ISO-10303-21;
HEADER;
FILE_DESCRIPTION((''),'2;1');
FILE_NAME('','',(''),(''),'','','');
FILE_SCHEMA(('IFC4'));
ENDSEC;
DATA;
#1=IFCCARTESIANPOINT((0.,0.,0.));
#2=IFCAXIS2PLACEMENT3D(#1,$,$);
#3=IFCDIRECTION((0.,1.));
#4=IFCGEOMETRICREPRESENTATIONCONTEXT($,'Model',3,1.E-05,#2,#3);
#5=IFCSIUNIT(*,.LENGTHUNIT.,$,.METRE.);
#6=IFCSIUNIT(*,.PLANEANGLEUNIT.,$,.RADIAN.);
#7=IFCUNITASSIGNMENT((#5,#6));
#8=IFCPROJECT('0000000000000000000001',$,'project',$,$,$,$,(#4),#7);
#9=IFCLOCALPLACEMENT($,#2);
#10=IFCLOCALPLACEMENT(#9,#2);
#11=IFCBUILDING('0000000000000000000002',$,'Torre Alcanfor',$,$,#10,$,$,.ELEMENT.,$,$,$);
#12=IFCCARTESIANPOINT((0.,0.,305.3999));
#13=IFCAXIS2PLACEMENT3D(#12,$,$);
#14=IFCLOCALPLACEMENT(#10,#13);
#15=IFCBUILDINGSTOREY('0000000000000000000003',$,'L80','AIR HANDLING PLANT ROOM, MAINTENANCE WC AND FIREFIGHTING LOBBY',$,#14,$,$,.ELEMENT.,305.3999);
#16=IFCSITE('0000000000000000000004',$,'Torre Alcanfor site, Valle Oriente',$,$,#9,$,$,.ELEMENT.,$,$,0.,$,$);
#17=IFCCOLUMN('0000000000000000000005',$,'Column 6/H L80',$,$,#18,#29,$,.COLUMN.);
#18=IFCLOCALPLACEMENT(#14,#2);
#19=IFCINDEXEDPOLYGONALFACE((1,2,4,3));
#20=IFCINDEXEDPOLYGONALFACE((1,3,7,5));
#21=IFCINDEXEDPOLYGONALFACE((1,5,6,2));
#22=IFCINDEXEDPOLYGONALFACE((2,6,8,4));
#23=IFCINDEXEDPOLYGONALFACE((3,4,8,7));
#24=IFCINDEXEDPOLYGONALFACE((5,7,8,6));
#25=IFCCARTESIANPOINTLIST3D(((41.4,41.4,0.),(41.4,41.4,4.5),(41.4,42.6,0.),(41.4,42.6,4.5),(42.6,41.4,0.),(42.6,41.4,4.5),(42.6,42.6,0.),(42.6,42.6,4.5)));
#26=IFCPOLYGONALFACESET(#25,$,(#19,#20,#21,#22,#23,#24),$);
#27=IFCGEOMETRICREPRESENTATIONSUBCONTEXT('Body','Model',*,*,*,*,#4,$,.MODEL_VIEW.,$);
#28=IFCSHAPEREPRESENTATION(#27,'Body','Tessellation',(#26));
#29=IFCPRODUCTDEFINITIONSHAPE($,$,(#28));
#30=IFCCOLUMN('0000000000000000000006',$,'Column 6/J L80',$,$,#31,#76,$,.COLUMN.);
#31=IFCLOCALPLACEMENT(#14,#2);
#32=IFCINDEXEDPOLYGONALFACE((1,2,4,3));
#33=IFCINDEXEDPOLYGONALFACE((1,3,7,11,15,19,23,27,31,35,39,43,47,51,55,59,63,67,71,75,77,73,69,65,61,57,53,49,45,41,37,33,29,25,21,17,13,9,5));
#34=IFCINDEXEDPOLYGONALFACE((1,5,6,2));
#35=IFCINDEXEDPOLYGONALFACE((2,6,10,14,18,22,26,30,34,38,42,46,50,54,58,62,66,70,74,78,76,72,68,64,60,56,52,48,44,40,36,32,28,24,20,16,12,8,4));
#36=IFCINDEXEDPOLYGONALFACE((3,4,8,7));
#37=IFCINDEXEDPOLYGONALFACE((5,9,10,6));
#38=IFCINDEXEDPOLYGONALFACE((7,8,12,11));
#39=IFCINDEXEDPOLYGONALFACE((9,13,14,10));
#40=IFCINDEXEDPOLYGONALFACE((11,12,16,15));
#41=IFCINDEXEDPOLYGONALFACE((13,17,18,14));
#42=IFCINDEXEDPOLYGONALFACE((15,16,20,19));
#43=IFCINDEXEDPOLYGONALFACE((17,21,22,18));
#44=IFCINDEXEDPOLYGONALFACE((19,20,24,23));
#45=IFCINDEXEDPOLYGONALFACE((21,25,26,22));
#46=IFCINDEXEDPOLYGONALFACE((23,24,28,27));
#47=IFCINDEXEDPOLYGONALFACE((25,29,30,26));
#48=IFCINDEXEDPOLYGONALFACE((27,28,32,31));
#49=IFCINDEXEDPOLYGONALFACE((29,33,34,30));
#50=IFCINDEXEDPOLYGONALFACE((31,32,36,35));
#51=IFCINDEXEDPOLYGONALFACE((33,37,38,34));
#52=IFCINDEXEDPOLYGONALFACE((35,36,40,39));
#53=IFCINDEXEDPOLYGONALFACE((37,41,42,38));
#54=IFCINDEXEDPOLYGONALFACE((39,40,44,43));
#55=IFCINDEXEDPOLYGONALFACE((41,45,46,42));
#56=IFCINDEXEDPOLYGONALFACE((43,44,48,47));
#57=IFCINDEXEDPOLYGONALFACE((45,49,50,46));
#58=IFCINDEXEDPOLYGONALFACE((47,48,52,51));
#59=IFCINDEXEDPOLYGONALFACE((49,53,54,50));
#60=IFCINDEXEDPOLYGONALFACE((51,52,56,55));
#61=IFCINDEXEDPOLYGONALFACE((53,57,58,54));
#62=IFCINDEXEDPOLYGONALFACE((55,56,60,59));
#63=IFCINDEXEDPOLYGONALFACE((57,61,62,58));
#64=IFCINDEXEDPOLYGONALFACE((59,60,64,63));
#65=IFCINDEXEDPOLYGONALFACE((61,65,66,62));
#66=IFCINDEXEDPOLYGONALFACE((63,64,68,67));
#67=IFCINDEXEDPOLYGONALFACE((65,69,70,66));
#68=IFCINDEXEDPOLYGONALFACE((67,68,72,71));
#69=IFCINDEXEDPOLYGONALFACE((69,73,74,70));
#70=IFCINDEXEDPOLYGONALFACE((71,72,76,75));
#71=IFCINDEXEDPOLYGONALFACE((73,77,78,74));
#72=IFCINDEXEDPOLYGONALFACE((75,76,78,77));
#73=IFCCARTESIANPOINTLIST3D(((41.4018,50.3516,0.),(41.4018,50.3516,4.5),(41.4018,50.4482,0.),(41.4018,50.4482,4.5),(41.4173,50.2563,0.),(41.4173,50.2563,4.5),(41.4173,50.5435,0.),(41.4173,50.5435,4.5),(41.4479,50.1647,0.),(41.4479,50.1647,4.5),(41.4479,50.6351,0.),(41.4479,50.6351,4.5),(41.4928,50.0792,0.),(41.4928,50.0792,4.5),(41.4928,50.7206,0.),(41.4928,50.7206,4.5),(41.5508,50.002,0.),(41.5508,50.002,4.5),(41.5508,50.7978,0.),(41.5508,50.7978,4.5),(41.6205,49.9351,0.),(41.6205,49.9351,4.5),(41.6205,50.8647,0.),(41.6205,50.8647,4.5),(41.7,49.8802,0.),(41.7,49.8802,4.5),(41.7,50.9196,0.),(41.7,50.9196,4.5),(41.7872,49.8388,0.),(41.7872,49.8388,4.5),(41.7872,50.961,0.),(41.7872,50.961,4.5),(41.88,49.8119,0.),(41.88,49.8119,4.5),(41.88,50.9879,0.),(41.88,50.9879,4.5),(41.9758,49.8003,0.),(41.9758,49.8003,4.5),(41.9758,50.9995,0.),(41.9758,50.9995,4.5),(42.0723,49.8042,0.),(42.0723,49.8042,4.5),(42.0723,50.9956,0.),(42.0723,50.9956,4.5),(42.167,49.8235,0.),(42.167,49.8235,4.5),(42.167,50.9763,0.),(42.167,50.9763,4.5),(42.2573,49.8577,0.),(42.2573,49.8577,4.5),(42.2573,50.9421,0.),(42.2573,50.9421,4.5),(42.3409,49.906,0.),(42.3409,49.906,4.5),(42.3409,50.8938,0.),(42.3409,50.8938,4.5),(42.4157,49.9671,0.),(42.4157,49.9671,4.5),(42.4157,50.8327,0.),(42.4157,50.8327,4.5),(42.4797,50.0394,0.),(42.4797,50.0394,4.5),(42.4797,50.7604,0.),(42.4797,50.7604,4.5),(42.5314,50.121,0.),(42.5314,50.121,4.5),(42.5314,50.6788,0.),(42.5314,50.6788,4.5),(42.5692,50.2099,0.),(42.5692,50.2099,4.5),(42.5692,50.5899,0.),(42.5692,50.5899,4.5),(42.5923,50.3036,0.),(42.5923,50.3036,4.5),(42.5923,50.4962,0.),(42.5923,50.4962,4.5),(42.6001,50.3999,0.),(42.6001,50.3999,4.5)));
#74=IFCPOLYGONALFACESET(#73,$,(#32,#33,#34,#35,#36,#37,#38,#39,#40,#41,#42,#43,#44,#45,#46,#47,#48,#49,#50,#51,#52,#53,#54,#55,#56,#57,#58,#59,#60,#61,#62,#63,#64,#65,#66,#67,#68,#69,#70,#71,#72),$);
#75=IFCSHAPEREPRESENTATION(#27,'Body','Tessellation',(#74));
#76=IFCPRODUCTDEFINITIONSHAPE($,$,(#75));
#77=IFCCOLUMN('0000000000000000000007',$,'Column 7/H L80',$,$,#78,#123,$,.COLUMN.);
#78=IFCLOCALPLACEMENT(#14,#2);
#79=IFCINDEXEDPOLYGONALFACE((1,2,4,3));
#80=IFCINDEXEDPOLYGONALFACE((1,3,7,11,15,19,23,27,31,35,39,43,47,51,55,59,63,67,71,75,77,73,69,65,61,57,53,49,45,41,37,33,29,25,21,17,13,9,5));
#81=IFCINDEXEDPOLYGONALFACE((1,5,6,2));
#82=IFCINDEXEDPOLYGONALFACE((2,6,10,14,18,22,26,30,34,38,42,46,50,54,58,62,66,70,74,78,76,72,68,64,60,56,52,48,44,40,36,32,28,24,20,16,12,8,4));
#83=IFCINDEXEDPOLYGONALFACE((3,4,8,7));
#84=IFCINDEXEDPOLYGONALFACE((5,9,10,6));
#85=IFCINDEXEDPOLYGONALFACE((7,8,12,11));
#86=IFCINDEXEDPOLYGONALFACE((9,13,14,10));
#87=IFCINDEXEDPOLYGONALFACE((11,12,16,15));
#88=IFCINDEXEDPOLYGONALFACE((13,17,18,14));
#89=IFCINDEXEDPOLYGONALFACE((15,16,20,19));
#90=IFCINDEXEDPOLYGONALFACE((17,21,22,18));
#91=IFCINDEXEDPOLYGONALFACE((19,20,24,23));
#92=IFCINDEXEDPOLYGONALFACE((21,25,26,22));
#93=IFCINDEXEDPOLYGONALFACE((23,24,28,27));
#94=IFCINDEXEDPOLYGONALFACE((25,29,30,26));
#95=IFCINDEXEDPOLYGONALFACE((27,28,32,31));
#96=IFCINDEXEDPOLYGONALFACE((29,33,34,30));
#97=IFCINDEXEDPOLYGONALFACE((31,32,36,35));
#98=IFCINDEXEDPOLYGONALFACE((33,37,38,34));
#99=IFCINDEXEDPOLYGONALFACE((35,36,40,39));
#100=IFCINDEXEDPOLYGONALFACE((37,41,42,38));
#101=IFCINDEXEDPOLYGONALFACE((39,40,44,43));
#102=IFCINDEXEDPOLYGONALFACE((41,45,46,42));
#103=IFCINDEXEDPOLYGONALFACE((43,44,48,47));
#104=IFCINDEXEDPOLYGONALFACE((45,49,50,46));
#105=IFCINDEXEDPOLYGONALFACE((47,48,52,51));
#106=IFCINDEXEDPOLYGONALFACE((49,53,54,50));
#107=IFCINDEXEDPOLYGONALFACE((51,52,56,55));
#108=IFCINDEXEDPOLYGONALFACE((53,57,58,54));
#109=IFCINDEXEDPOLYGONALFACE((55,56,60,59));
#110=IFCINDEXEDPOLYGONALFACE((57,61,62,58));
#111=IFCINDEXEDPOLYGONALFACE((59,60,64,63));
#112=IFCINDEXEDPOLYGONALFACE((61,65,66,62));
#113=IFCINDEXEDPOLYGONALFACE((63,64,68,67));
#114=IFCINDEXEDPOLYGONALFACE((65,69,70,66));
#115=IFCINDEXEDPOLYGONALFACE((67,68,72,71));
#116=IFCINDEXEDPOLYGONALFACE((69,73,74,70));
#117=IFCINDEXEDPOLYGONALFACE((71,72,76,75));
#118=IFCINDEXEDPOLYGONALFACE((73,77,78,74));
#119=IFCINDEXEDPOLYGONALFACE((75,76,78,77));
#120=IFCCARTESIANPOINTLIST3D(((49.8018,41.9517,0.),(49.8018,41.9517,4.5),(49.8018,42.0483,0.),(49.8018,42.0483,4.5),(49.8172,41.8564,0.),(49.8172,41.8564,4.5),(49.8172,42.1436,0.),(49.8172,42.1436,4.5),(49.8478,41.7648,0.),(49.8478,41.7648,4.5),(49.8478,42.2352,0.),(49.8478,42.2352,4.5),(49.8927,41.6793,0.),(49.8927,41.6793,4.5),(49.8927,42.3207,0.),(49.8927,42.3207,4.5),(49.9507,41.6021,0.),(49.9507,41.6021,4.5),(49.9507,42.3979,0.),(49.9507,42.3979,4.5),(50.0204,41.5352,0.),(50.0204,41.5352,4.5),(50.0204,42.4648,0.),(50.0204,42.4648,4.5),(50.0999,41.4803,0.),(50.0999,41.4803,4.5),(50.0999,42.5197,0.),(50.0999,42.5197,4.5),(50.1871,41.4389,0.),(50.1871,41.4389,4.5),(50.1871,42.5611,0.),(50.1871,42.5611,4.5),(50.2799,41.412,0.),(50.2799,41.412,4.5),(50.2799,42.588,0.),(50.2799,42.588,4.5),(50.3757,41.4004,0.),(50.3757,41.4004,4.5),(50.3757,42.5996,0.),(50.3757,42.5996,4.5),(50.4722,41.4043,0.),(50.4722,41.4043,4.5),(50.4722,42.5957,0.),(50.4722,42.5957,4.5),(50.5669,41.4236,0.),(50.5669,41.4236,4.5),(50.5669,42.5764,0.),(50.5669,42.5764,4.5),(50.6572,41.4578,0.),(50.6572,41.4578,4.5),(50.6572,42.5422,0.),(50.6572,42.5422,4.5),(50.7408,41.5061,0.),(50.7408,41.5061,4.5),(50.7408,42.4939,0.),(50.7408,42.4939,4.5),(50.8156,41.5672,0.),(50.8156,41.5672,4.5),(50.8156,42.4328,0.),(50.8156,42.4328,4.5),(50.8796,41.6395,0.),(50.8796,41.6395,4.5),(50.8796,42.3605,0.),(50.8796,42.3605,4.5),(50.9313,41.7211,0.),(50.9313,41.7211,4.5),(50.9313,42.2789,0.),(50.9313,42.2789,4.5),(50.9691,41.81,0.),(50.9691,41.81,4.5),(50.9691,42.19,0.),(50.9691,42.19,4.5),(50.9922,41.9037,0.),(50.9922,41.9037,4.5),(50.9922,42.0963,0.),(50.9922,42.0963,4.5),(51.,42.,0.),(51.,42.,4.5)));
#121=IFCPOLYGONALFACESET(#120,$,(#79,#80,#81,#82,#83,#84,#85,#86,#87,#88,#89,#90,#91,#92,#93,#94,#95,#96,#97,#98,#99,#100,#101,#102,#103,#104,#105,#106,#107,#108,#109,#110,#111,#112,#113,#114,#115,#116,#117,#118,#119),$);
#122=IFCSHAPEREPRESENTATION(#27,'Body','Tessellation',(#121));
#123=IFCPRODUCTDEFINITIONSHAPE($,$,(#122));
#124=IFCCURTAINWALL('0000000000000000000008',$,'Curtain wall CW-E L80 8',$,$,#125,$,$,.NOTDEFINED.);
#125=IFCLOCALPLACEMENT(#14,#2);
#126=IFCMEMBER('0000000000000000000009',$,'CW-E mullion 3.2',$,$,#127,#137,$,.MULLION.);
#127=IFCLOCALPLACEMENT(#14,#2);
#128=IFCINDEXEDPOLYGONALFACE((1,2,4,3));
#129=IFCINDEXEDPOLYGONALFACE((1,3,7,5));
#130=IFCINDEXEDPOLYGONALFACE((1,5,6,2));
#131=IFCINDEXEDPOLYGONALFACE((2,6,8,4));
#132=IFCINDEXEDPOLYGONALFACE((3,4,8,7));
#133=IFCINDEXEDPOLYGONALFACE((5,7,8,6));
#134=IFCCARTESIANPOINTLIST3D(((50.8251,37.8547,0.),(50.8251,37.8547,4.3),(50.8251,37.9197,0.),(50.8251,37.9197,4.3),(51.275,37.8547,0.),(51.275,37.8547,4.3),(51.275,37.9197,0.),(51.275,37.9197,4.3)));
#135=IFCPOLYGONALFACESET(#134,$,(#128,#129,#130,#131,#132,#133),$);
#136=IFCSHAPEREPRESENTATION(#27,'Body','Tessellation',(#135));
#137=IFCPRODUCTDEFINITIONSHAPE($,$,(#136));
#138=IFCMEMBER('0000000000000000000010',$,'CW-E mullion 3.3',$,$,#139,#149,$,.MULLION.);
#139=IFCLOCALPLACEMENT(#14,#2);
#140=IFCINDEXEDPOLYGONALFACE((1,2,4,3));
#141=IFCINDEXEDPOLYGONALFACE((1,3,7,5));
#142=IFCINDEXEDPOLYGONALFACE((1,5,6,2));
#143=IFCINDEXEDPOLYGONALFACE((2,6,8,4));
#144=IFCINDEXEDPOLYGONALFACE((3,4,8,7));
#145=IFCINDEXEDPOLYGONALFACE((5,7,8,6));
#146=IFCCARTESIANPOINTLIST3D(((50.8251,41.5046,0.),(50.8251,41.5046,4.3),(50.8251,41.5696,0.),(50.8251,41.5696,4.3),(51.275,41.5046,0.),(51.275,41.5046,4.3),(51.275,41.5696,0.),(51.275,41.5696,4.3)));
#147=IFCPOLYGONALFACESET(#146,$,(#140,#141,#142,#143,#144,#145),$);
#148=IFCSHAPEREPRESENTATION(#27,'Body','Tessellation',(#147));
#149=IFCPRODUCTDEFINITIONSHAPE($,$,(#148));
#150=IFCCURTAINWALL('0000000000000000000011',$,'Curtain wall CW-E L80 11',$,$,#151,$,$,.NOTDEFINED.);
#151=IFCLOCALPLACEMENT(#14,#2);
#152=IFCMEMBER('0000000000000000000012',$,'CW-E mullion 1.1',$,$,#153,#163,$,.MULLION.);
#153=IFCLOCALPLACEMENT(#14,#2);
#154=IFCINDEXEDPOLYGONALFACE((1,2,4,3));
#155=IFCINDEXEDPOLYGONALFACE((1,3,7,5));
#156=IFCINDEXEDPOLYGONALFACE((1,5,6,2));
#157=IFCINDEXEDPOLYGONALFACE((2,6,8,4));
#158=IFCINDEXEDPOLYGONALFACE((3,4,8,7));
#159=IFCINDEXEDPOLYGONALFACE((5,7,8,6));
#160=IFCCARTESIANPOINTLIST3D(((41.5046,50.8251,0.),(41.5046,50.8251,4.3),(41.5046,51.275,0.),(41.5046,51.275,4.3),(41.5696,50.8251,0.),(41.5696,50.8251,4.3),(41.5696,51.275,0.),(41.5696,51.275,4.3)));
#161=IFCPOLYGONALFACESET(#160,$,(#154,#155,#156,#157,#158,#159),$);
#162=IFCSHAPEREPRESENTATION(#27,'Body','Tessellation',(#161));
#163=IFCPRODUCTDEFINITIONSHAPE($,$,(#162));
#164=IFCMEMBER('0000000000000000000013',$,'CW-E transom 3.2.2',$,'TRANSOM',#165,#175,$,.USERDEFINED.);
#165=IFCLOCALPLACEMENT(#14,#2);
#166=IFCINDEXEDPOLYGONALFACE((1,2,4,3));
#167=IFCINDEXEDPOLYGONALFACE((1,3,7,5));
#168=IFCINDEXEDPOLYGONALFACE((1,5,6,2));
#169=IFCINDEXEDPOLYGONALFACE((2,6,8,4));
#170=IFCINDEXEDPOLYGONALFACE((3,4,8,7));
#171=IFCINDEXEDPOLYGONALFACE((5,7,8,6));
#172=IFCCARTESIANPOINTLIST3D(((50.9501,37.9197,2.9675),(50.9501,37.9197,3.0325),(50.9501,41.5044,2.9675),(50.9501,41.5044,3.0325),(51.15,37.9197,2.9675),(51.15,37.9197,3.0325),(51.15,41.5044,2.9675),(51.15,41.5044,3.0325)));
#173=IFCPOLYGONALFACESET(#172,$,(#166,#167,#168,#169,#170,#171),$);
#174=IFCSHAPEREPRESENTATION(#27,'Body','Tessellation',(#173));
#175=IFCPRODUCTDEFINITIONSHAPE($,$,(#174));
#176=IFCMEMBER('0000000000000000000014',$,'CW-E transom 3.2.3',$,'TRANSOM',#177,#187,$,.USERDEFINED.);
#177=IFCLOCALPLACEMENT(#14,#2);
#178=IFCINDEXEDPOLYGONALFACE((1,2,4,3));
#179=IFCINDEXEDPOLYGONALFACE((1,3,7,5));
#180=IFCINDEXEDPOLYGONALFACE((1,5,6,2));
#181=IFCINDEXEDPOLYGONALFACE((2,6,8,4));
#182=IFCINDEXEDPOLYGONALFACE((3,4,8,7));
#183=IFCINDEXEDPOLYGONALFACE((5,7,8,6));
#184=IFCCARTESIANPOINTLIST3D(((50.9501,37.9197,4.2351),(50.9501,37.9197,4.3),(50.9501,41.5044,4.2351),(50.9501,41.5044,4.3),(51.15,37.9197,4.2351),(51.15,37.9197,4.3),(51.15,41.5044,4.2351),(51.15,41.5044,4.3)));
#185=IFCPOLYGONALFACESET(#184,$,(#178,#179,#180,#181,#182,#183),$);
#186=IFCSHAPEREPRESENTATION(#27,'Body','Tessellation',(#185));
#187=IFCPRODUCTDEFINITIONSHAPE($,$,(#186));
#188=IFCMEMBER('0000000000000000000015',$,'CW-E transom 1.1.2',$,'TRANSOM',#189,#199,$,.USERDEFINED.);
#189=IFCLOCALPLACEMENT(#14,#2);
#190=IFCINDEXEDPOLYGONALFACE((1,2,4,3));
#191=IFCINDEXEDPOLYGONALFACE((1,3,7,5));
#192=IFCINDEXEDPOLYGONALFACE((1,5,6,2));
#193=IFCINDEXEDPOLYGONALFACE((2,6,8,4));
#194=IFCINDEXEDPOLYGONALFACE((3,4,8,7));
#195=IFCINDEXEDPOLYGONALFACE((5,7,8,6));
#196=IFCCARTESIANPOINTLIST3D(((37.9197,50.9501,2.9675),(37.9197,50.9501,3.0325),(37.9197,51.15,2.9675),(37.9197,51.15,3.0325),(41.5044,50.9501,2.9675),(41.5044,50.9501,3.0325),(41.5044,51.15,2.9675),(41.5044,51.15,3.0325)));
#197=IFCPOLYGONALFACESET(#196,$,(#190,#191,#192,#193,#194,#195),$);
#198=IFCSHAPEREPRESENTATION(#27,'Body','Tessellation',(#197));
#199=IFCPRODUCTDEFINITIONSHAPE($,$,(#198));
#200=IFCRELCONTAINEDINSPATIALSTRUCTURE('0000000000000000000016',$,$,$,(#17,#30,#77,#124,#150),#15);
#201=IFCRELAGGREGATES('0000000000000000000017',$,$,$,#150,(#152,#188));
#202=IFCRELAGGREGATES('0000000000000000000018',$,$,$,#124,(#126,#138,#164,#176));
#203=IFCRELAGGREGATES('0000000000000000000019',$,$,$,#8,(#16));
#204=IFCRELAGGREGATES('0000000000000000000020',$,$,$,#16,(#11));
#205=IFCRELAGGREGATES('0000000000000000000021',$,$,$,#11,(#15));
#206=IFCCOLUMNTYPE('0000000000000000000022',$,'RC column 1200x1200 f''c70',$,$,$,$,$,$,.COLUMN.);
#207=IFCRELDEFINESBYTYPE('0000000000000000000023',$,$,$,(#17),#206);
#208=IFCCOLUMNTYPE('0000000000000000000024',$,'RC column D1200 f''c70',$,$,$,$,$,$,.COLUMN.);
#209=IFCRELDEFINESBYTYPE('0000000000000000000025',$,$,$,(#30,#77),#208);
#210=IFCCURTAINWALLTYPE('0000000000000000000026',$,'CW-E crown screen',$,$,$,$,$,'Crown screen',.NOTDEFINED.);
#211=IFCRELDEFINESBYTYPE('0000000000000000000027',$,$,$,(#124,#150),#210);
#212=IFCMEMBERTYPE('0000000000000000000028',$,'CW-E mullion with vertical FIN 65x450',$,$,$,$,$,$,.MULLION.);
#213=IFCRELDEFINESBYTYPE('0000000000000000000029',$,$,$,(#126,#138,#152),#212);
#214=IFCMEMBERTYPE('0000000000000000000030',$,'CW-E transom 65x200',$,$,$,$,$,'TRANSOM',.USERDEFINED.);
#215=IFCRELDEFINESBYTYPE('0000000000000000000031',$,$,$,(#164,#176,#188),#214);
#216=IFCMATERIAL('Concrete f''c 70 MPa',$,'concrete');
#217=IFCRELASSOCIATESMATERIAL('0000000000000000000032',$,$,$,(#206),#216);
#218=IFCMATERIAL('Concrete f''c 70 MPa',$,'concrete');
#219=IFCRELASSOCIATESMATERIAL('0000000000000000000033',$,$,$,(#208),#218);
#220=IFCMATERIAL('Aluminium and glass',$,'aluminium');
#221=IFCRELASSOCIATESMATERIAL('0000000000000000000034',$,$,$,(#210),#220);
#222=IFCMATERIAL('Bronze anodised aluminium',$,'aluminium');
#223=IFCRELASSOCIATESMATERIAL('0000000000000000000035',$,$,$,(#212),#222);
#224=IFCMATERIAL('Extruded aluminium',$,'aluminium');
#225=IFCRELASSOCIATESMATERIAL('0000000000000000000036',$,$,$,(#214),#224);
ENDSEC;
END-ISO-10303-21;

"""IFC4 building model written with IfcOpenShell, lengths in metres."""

from ifc_helpers import new_model, si_unit, direction, frame, origin, origin_2d, place, context, subcontext, project, spatial, rectangle, circle, extrude, material, material_profile, profile_set, type_object, element, aggregate, save


model = new_model("IFC4")

# Units and contexts
model_context = context("Model", 3, precision=1e-05, world=origin(), true_north=direction((0.0, 1.0)))
body_context = subcontext(model_context, "Body", "Model", "MODEL_VIEW")
ifc_project = project(units=[si_unit("LENGTHUNIT", "METRE"), si_unit("PLANEANGLEUNIT", "RADIAN")], contexts=[model_context])

# Site, building, storey
site_placement = place(None, origin())
site = spatial("IfcSite", under=ifc_project, at=site_placement, Name="Torre Alcanfor site, Valle Oriente", CompositionType="ELEMENT", RefElevation=0.0)
building_placement = place(site_placement, origin())
building = spatial("IfcBuilding", under=site, at=building_placement, Name="Torre Alcanfor", CompositionType="ELEMENT")
storey_placement = place(building_placement, frame((0.0, 0.0, 305.3999)))
storey = spatial("IfcBuildingStorey", under=building, at=storey_placement, Name="L80", Description="AIR HANDLING PLANT ROOM, MAINTENANCE WC AND FIREFIGHTING LOBBY", CompositionType="ELEMENT", Elevation=305.3999)

# Columns
ifc_material_1 = material(Name="Concrete f'c 70 MPa", Category="concrete")
ifc_material_profile_1 = material_profile(ifc_material_1, rectangle(XDim=1.2, YDim=1.2, at=origin_2d()), Name="1200x1200")
ifc_profile_set_1 = profile_set([ifc_material_profile_1], Name="Concrete f'c 70 MPa")
column_type_1 = type_object("IfcColumnType", Name="RC column 1200x1200 f'c70", PredefinedType="COLUMN", material=ifc_profile_set_1)
column_placement = place(storey_placement, frame((42.0, 42.0, 0.0), z_axis=(0.0, 0.0, 1.0), x_axis=(1.0, 0.0, 0.0)))
element("IfcColumn", 1, at=column_placement, inside=storey, type_object=column_type_1, Name="Column 6/H L80", PredefinedType="COLUMN", context=body_context, shape_type="SweptSolid", body=[
    extrude(rectangle(XDim=1.2, YDim=1.2, at=origin_2d()), origin(), (0.0, 0.0, 1.0), 4.5),
])
ifc_material_2 = material(Name="Concrete f'c 70 MPa", Category="concrete")
ifc_material_profile_2 = material_profile(ifc_material_2, circle(Radius=0.6001, at=origin_2d()), Name="D1200")
ifc_profile_set_2 = profile_set([ifc_material_profile_2], Name="Concrete f'c 70 MPa")
column_type_2 = type_object("IfcColumnType", Name="RC column D1200 f'c70", PredefinedType="COLUMN", material=ifc_profile_set_2)
for number, where, z_axis, x_axis, name in (
    (2, (42.0, 50.3999, 0.0), (0.0, 0.0, 1.0), (1.0, 0.0, 0.0), "Column 6/J L80"),
    (3, (50.3999, 42.0, 0.0), (0.0, 0.0, 1.0), (1.0, 0.0, 0.0), "Column 7/H L80"),
):
    element("IfcColumn", number, at=place(storey_placement, frame(where, z_axis=z_axis, x_axis=x_axis)), inside=storey, type_object=column_type_2, Name=name, PredefinedType="COLUMN", context=body_context, shape_type="SweptSolid", body=[
        extrude(circle(Radius=0.6001, at=origin_2d()), origin(), (0.0, 0.0, 1.0), 4.5),
    ])

# Curtain wall, members
ifc_material_3 = material(Name="Aluminium and glass", Category="aluminium")
curtain_wall_type = type_object("IfcCurtainWallType", Name="CW-E crown screen", ElementType="Crown screen", PredefinedType="NOTDEFINED", material=ifc_material_3)
curtain_wall_1_placement = place(storey_placement, origin())
curtain_wall_1 = element("IfcCurtainWall", 4, at=curtain_wall_1_placement, inside=storey, type_object=curtain_wall_type, Name="Curtain wall CW-E L80 8", PredefinedType="NOTDEFINED")
ifc_material_4 = material(Name="Bronze anodised aluminium", Category="aluminium")
ifc_material_profile_3 = material_profile(ifc_material_4, rectangle(XDim=0.45, YDim=0.0649, at=origin_2d()), Name="CW-E mullion 65x450")
ifc_profile_set_3 = profile_set([ifc_material_profile_3], Name="Bronze anodised aluminium")
member_type_1 = type_object("IfcMemberType", Name="CW-E mullion with vertical FIN 65x450", PredefinedType="MULLION", material=ifc_profile_set_3)
member_1_placement = place(storey_placement, frame((51.05, 37.8872, 0.0), z_axis=(0.0, 0.0, 1.0), x_axis=(-1.0, 0.0, 0.0)))
member_1 = element("IfcMember", 5, at=member_1_placement, type_object=member_type_1, Name="CW-E mullion 3.2", PredefinedType="MULLION", context=body_context, shape_type="SweptSolid", body=[
    extrude(rectangle(XDim=0.45, YDim=0.0649, at=origin_2d()), origin(), (0.0, 0.0, 1.0), 4.3),
])
member_2_placement = place(storey_placement, frame((51.05, 41.5371, 0.0), z_axis=(0.0, 0.0, 1.0), x_axis=(-1.0, 0.0, 0.0)))
member_2 = element("IfcMember", 6, at=member_2_placement, type_object=member_type_1, Name="CW-E mullion 3.3", PredefinedType="MULLION", context=body_context, shape_type="SweptSolid", body=[
    extrude(rectangle(XDim=0.45, YDim=0.0649, at=origin_2d()), origin(), (0.0, 0.0, 1.0), 4.3),
])

# Curtain wall, member
curtain_wall_2_placement = place(storey_placement, origin())
curtain_wall_2 = element("IfcCurtainWall", 7, at=curtain_wall_2_placement, inside=storey, type_object=curtain_wall_type, Name="Curtain wall CW-E L80 11", PredefinedType="NOTDEFINED")
member_3_placement = place(storey_placement, frame((41.5371, 51.05, 0.0), z_axis=(0.0, 0.0, 1.0), x_axis=(0.0, -1.0, 0.0)))
member_3 = element("IfcMember", 8, at=member_3_placement, type_object=member_type_1, Name="CW-E mullion 1.1", PredefinedType="MULLION", context=body_context, shape_type="SweptSolid", body=[
    extrude(rectangle(XDim=0.45, YDim=0.0649, at=origin_2d()), origin(), (0.0, 0.0, 1.0), 4.3),
])

# Members
ifc_material_5 = material(Name="Extruded aluminium", Category="aluminium")
ifc_material_profile_4 = material_profile(ifc_material_5, rectangle(XDim=0.2, YDim=0.0649, at=origin_2d()), Name="CW-E transom 200x65")
ifc_profile_set_4 = profile_set([ifc_material_profile_4], Name="Extruded aluminium")
member_type_2 = type_object("IfcMemberType", Name="CW-E transom 65x200", ElementType="TRANSOM", PredefinedType="USERDEFINED", material=ifc_profile_set_4)
member_4_placement = place(storey_placement, frame((51.05, 37.9197, 3.0), z_axis=(0.0, 1.0, 0.0), x_axis=(-1.0, 0.0, 0.0)))
member_4 = element("IfcMember", 9, at=member_4_placement, type_object=member_type_2, Name="CW-E transom 3.2.2", ObjectType="TRANSOM", PredefinedType="USERDEFINED", context=body_context, shape_type="SweptSolid", body=[
    extrude(rectangle(XDim=0.2, YDim=0.0649, at=origin_2d()), origin(), (0.0, 0.0, 1.0), 3.5847),
])
member_5_placement = place(storey_placement, frame((51.05, 37.9197, 4.2676), z_axis=(0.0, 1.0, 0.0), x_axis=(-1.0, 0.0, 0.0)))
member_5 = element("IfcMember", 10, at=member_5_placement, type_object=member_type_2, Name="CW-E transom 3.2.3", ObjectType="TRANSOM", PredefinedType="USERDEFINED", context=body_context, shape_type="SweptSolid", body=[
    extrude(rectangle(XDim=0.2, YDim=0.0649, at=origin_2d()), origin(), (0.0, 0.0, 1.0), 3.5847),
])
member_6_placement = place(storey_placement, frame((41.5044, 51.05, 3.0), z_axis=(-1.0, 0.0, 0.0), x_axis=(0.0, -1.0, 0.0)))
member_6 = element("IfcMember", 11, at=member_6_placement, type_object=member_type_2, Name="CW-E transom 1.1.2", ObjectType="TRANSOM", PredefinedType="USERDEFINED", context=body_context, shape_type="SweptSolid", body=[
    extrude(rectangle(XDim=0.2, YDim=0.0649, at=origin_2d()), origin(), (0.0, 0.0, 1.0), 3.5847),
])
aggregate(curtain_wall_2, [member_3, member_6])

aggregate(curtain_wall_1, [member_1, member_2, member_4, member_5])

save(model, "model.ifc")
